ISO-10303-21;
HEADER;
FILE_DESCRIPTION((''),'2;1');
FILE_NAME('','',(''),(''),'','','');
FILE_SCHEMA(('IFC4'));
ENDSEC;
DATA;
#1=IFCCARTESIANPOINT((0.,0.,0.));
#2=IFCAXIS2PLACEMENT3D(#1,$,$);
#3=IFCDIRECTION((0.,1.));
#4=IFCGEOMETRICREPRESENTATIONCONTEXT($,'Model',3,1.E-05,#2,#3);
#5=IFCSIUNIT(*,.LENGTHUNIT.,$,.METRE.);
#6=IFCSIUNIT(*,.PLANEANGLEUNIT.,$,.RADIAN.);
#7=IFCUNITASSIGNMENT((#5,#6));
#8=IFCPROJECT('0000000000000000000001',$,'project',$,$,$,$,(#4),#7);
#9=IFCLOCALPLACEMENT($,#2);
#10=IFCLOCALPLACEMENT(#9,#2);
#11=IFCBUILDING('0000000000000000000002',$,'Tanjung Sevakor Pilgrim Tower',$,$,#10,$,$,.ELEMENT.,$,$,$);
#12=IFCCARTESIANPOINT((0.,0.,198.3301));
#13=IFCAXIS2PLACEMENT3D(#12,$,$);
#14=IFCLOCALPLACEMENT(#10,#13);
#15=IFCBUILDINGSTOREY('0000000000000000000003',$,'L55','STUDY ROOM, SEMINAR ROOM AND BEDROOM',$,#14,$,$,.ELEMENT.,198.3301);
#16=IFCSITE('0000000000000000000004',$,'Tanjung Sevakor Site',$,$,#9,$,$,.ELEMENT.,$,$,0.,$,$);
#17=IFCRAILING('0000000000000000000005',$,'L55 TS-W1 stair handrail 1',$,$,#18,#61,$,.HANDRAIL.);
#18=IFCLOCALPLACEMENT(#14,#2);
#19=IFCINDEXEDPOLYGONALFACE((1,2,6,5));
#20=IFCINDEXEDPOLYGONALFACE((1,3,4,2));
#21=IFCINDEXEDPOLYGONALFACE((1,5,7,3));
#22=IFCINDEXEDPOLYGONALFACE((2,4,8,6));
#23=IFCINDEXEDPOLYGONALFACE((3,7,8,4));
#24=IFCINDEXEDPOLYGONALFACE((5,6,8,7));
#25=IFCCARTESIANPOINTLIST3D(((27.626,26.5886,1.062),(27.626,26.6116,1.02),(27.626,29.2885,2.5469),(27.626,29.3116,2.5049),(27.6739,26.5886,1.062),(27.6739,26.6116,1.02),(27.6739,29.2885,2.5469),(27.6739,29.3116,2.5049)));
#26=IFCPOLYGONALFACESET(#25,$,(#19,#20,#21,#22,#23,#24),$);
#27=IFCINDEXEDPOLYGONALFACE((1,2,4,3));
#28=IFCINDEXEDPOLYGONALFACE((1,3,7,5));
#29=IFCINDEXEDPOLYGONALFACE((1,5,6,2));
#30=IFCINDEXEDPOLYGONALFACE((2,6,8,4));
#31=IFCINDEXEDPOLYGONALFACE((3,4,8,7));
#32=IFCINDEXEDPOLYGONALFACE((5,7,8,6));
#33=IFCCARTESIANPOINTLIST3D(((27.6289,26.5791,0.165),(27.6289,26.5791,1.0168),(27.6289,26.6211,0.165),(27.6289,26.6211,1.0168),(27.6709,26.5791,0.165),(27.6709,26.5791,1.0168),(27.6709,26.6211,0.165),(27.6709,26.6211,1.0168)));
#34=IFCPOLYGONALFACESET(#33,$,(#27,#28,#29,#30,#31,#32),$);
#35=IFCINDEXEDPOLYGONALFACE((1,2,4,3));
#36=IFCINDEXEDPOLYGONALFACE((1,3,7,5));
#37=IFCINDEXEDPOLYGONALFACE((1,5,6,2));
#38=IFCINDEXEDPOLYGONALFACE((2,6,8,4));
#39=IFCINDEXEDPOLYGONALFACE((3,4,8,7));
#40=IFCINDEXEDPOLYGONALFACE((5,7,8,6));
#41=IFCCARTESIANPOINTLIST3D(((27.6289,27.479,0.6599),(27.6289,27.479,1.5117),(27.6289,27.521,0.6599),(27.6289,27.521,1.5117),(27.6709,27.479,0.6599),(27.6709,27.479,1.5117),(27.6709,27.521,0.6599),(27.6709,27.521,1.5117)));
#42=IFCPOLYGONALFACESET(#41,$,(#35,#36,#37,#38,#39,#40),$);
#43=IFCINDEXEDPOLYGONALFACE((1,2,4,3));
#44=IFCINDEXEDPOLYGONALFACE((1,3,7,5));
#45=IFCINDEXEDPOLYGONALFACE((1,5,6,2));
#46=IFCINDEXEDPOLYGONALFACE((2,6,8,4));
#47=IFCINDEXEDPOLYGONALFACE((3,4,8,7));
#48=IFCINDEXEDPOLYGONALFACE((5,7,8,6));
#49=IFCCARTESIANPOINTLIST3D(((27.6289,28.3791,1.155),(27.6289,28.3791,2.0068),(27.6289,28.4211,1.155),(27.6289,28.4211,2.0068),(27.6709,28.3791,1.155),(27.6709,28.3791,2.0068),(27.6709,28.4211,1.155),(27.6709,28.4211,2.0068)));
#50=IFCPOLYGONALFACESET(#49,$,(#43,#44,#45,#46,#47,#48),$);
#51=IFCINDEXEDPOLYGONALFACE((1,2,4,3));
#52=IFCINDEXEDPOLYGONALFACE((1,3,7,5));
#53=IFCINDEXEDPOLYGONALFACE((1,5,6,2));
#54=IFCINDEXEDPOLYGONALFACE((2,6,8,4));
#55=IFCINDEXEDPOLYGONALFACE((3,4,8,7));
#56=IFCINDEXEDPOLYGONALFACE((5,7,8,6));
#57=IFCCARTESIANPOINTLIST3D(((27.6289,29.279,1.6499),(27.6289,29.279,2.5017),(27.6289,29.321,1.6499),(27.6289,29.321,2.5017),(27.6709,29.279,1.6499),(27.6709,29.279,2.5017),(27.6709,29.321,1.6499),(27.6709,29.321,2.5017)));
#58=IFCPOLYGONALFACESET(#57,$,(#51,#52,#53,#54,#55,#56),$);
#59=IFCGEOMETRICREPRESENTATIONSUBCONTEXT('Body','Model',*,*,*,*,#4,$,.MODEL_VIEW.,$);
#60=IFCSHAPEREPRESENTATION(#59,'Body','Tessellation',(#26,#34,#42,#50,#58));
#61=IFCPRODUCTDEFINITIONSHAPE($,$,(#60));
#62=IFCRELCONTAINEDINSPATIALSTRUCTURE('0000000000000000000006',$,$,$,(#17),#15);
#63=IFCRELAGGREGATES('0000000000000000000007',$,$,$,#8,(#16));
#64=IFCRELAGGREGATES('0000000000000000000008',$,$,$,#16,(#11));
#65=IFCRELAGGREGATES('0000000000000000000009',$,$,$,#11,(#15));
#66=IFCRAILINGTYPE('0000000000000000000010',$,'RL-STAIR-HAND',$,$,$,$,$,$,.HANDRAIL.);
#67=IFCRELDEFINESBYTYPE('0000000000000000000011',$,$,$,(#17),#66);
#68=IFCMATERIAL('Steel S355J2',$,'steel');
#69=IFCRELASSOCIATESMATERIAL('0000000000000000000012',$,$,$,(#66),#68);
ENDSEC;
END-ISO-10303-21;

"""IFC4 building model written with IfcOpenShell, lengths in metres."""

from ifc_helpers import new_model, si_unit, direction, frame, origin, place, context, subcontext, project, spatial, rectangle, extrude, material, type_object, element, save


model = new_model("IFC4")

# Units and contexts
model_context = context("Model", 3, precision=1e-05, world=origin(), true_north=direction((0.0, 1.0)))
body_context = subcontext(model_context, "Body", "Model", "MODEL_VIEW")
ifc_project = project(units=[si_unit("LENGTHUNIT", "METRE"), si_unit("PLANEANGLEUNIT", "RADIAN")], contexts=[model_context])

# Site, building, storey
site_placement = place(None, origin())
site = spatial("IfcSite", under=ifc_project, at=site_placement, Name="Tanjung Sevakor Site", CompositionType="ELEMENT", RefElevation=0.0)
building_placement = place(site_placement, origin())
building = spatial("IfcBuilding", under=site, at=building_placement, Name="Tanjung Sevakor Pilgrim Tower", CompositionType="ELEMENT")
storey_placement = place(building_placement, frame((0.0, 0.0, 198.3301)))
storey = spatial("IfcBuildingStorey", under=building, at=storey_placement, Name="L55", Description="STUDY ROOM, SEMINAR ROOM AND BEDROOM", CompositionType="ELEMENT", Elevation=198.3301)

# Railing
ifc_material_1 = material(Name="Steel S355J2", Category="steel")
railing_type_1 = type_object("IfcRailingType", Name="RL-STAIR-HAND", PredefinedType="HANDRAIL", material=ifc_material_1)
railing_1_placement = place(storey_placement, frame((27.6499, 26.6001, 0.165)))
element("IfcRailing", 1, at=railing_1_placement, inside=storey, type_object=railing_type_1, Name="L55 TS-W1 stair handrail 1", PredefinedType="HANDRAIL", context=body_context, shape_type="SweptSolid", body=[
    extrude(rectangle(XDim=0.0479, YDim=0.0479), frame((0.0, 0.0, 0.876), z_axis=(0.0, 0.876231, 0.481891), x_axis=(-1.0, 0.0, 0.0)), (0.0, 0.0, 1.0), 3.0813),
    extrude(rectangle(XDim=0.042, YDim=0.042), origin(), (0.0, 0.0, 1.0), 0.8518),
    extrude(rectangle(XDim=0.042, YDim=0.042), frame((0.0, 0.8999, 0.4949)), (0.0, 0.0, 1.0), 0.8518),
    extrude(rectangle(XDim=0.042, YDim=0.042), frame((0.0, 1.8, 0.99)), (0.0, 0.0, 1.0), 0.8518),
    extrude(rectangle(XDim=0.042, YDim=0.042), frame((0.0, 2.7, 1.4849)), (0.0, 0.0, 1.0), 0.8518),
])

save(model, "model.ifc")
